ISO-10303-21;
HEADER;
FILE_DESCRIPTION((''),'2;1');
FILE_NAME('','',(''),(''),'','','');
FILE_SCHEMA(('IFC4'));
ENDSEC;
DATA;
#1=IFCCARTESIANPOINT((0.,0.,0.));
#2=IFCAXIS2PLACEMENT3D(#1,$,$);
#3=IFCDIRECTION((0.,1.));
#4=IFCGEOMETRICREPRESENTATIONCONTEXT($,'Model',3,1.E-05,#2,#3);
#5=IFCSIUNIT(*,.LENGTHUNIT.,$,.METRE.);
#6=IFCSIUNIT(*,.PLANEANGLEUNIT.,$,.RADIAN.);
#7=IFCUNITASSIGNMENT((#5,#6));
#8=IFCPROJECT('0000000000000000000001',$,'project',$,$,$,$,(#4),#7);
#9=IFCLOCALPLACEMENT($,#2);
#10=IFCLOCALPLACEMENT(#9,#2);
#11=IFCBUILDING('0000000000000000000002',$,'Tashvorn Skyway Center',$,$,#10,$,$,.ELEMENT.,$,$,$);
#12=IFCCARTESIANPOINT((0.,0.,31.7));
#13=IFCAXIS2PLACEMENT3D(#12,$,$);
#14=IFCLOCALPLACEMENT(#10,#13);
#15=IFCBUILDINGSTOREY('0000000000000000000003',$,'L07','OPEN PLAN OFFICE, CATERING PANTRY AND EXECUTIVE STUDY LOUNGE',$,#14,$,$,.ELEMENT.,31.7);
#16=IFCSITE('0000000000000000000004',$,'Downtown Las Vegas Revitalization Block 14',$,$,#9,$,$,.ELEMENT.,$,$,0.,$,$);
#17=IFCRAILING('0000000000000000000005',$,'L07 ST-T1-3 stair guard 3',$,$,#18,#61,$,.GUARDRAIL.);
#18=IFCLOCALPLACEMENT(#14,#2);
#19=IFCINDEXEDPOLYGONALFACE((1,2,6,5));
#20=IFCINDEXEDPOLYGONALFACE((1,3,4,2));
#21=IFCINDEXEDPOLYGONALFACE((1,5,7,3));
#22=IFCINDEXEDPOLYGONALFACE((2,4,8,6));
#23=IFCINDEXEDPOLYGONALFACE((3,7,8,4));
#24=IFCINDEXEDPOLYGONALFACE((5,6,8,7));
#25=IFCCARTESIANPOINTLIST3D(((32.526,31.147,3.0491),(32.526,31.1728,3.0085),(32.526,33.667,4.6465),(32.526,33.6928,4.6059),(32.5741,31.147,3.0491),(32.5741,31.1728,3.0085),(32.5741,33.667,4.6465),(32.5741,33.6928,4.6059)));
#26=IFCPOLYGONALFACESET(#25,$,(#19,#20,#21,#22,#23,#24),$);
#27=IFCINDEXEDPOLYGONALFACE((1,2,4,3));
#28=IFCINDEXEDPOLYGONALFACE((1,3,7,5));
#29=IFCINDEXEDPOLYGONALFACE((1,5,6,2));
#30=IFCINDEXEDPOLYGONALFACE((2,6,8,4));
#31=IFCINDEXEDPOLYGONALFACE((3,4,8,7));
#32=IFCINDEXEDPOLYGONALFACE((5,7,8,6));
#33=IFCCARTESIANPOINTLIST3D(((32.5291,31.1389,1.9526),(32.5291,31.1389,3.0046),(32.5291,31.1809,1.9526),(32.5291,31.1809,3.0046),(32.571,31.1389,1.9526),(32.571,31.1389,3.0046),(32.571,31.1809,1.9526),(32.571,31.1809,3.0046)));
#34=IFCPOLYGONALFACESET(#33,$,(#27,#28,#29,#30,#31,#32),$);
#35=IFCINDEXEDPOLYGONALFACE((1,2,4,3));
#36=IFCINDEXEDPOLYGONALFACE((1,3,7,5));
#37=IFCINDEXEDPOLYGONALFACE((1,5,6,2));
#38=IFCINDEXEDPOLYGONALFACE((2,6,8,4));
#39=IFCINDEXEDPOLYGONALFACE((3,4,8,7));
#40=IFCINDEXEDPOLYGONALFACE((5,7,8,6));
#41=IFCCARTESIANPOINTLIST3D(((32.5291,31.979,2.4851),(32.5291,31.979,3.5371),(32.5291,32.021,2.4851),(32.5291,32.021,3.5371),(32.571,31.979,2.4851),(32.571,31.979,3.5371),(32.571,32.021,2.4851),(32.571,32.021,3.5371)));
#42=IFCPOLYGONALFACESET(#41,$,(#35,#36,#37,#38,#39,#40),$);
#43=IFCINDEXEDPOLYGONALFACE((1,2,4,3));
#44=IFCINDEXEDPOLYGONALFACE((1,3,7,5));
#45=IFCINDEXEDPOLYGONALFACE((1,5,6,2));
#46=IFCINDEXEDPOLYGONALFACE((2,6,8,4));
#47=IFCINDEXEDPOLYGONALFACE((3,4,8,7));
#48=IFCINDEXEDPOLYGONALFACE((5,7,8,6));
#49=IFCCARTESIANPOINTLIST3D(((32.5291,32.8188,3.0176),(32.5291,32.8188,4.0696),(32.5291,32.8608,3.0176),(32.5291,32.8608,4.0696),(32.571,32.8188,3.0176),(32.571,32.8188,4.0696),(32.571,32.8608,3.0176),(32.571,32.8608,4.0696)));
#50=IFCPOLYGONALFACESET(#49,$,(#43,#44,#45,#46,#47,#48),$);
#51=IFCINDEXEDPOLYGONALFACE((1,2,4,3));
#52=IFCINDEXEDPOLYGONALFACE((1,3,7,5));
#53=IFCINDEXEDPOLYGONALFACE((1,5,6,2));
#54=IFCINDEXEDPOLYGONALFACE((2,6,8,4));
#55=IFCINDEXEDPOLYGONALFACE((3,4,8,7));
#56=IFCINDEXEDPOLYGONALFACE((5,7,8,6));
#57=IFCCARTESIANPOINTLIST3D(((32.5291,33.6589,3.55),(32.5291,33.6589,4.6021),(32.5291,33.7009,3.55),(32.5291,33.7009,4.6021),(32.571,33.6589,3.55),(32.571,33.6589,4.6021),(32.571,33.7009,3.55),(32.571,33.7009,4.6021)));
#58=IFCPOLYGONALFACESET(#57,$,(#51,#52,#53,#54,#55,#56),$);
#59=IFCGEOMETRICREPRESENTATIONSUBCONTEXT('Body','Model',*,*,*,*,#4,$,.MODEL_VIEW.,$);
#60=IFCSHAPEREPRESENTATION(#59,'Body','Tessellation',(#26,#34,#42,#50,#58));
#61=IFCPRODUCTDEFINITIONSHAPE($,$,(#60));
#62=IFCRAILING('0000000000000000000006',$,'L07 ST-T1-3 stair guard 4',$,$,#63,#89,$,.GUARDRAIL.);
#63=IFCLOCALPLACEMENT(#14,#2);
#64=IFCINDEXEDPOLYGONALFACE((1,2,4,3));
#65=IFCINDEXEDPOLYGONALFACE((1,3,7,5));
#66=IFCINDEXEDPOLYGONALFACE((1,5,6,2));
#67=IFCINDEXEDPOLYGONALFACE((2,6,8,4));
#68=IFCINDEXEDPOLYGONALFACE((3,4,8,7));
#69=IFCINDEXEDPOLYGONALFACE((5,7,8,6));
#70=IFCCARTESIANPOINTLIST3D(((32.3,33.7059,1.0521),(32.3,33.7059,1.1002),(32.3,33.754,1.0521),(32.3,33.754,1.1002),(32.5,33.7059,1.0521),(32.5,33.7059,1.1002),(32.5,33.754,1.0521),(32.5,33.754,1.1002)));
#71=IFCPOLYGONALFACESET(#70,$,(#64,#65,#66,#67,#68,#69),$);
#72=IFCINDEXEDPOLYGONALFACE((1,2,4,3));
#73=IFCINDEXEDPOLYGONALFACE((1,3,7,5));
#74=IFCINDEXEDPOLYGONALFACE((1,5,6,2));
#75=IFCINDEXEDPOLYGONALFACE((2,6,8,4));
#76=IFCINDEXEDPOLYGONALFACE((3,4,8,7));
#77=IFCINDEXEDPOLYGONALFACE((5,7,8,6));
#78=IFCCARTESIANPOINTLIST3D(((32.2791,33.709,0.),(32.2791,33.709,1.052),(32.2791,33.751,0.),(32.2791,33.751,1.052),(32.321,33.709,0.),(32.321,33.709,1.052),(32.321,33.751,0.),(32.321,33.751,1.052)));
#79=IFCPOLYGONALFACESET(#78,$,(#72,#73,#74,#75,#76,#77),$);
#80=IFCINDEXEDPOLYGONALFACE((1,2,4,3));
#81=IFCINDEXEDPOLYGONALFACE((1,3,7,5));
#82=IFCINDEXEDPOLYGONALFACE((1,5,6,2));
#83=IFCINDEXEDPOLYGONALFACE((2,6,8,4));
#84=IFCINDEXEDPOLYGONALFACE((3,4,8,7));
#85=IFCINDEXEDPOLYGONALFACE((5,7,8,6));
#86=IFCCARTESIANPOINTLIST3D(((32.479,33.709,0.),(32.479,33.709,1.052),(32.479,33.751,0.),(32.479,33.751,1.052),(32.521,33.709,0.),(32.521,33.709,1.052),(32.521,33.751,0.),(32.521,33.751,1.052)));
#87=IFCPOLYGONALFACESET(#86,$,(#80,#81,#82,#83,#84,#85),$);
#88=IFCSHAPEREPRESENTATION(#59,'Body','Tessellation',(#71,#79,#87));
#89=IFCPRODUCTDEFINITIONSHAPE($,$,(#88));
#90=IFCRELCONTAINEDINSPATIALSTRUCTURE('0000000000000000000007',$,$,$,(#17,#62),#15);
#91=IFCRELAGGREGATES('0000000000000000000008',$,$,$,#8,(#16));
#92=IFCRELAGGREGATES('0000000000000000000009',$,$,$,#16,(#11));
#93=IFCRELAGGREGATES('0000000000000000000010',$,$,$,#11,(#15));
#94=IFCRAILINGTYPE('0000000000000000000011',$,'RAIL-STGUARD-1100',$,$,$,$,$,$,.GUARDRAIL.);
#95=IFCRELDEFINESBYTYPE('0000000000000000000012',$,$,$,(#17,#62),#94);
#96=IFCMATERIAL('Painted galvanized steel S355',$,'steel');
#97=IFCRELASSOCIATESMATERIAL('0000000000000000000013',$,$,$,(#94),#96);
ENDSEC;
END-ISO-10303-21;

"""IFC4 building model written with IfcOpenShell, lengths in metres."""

from ifc_helpers import new_model, si_unit, direction, frame, origin, origin_2d, place, context, subcontext, project, spatial, rectangle, extrude, material, type_object, element, save


model = new_model("IFC4")

# Units and contexts
model_context = context("Model", 3, precision=1e-05, world=origin(), true_north=direction((0.0, 1.0)))
body_context = subcontext(model_context, "Body", "Model", "MODEL_VIEW")
ifc_project = project(units=[si_unit("LENGTHUNIT", "METRE"), si_unit("PLANEANGLEUNIT", "RADIAN")], contexts=[model_context])

# Site, building, storey
site_placement = place(None, origin())
site = spatial("IfcSite", under=ifc_project, at=site_placement, Name="Downtown Las Vegas Revitalization Block 14", CompositionType="ELEMENT", RefElevation=0.0)
building_placement = place(site_placement, origin())
building = spatial("IfcBuilding", under=site, at=building_placement, Name="Tashvorn Skyway Center", CompositionType="ELEMENT")
storey_placement = place(building_placement, frame((0.0, 0.0, 31.7)))
storey = spatial("IfcBuildingStorey", under=building, at=storey_placement, Name="L07", Description="OPEN PLAN OFFICE, CATERING PANTRY AND EXECUTIVE STUDY LOUNGE", CompositionType="ELEMENT", Elevation=31.7)

# Railings
ifc_material_1 = material(Name="Painted galvanized steel S355", Category="steel")
railing_type_1 = type_object("IfcRailingType", Name="RAIL-STGUARD-1100", PredefinedType="GUARDRAIL", material=ifc_material_1)
railing_1_placement = place(storey_placement, frame((32.55, 31.1599, 1.9526)))
element("IfcRailing", 1, at=railing_1_placement, inside=storey, type_object=railing_type_1, Name="L07 ST-T1-3 stair guard 3", PredefinedType="GUARDRAIL", context=body_context, shape_type="SweptSolid", body=[
    extrude(rectangle(XDim=0.0481, YDim=0.0481, at=origin_2d()), frame((0.0, 0.0, 1.0762), z_axis=(0.0, 0.844607, 0.535387), x_axis=(-1.0, 0.0, 0.0)), (0.0, 0.0, 1.0), 2.9836),
    extrude(rectangle(XDim=0.042, YDim=0.042, at=origin_2d()), origin(), (0.0, 0.0, 1.0), 1.052),
    extrude(rectangle(XDim=0.042, YDim=0.042, at=origin_2d()), frame((0.0, 0.8401, 0.5325)), (0.0, 0.0, 1.0), 1.052),
    extrude(rectangle(XDim=0.042, YDim=0.042, at=origin_2d()), frame((0.0, 1.6799, 1.0649)), (0.0, 0.0, 1.0), 1.052),
    extrude(rectangle(XDim=0.042, YDim=0.042, at=origin_2d()), frame((0.0, 2.52, 1.5974)), (0.0, 0.0, 1.0), 1.052),
])
railing_2_placement = place(storey_placement, frame((32.3, 33.73, 0.0)))
element("IfcRailing", 2, at=railing_2_placement, inside=storey, type_object=railing_type_1, Name="L07 ST-T1-3 stair guard 4", PredefinedType="GUARDRAIL", context=body_context, shape_type="SweptSolid", body=[
    extrude(rectangle(XDim=0.0481, YDim=0.0481, at=origin_2d()), frame((0.0, 0.0, 1.0762), z_axis=(1.0, 0.0, 0.0), x_axis=(0.0, 1.0, 0.0)), (0.0, 0.0, 1.0), 0.2),
    extrude(rectangle(XDim=0.042, YDim=0.042, at=origin_2d()), origin(), (0.0, 0.0, 1.0), 1.052),
    extrude(rectangle(XDim=0.042, YDim=0.042, at=origin_2d()), frame((0.2, 0.0, 0.0)), (0.0, 0.0, 1.0), 1.052),
])

save(model, "model.ifc")
